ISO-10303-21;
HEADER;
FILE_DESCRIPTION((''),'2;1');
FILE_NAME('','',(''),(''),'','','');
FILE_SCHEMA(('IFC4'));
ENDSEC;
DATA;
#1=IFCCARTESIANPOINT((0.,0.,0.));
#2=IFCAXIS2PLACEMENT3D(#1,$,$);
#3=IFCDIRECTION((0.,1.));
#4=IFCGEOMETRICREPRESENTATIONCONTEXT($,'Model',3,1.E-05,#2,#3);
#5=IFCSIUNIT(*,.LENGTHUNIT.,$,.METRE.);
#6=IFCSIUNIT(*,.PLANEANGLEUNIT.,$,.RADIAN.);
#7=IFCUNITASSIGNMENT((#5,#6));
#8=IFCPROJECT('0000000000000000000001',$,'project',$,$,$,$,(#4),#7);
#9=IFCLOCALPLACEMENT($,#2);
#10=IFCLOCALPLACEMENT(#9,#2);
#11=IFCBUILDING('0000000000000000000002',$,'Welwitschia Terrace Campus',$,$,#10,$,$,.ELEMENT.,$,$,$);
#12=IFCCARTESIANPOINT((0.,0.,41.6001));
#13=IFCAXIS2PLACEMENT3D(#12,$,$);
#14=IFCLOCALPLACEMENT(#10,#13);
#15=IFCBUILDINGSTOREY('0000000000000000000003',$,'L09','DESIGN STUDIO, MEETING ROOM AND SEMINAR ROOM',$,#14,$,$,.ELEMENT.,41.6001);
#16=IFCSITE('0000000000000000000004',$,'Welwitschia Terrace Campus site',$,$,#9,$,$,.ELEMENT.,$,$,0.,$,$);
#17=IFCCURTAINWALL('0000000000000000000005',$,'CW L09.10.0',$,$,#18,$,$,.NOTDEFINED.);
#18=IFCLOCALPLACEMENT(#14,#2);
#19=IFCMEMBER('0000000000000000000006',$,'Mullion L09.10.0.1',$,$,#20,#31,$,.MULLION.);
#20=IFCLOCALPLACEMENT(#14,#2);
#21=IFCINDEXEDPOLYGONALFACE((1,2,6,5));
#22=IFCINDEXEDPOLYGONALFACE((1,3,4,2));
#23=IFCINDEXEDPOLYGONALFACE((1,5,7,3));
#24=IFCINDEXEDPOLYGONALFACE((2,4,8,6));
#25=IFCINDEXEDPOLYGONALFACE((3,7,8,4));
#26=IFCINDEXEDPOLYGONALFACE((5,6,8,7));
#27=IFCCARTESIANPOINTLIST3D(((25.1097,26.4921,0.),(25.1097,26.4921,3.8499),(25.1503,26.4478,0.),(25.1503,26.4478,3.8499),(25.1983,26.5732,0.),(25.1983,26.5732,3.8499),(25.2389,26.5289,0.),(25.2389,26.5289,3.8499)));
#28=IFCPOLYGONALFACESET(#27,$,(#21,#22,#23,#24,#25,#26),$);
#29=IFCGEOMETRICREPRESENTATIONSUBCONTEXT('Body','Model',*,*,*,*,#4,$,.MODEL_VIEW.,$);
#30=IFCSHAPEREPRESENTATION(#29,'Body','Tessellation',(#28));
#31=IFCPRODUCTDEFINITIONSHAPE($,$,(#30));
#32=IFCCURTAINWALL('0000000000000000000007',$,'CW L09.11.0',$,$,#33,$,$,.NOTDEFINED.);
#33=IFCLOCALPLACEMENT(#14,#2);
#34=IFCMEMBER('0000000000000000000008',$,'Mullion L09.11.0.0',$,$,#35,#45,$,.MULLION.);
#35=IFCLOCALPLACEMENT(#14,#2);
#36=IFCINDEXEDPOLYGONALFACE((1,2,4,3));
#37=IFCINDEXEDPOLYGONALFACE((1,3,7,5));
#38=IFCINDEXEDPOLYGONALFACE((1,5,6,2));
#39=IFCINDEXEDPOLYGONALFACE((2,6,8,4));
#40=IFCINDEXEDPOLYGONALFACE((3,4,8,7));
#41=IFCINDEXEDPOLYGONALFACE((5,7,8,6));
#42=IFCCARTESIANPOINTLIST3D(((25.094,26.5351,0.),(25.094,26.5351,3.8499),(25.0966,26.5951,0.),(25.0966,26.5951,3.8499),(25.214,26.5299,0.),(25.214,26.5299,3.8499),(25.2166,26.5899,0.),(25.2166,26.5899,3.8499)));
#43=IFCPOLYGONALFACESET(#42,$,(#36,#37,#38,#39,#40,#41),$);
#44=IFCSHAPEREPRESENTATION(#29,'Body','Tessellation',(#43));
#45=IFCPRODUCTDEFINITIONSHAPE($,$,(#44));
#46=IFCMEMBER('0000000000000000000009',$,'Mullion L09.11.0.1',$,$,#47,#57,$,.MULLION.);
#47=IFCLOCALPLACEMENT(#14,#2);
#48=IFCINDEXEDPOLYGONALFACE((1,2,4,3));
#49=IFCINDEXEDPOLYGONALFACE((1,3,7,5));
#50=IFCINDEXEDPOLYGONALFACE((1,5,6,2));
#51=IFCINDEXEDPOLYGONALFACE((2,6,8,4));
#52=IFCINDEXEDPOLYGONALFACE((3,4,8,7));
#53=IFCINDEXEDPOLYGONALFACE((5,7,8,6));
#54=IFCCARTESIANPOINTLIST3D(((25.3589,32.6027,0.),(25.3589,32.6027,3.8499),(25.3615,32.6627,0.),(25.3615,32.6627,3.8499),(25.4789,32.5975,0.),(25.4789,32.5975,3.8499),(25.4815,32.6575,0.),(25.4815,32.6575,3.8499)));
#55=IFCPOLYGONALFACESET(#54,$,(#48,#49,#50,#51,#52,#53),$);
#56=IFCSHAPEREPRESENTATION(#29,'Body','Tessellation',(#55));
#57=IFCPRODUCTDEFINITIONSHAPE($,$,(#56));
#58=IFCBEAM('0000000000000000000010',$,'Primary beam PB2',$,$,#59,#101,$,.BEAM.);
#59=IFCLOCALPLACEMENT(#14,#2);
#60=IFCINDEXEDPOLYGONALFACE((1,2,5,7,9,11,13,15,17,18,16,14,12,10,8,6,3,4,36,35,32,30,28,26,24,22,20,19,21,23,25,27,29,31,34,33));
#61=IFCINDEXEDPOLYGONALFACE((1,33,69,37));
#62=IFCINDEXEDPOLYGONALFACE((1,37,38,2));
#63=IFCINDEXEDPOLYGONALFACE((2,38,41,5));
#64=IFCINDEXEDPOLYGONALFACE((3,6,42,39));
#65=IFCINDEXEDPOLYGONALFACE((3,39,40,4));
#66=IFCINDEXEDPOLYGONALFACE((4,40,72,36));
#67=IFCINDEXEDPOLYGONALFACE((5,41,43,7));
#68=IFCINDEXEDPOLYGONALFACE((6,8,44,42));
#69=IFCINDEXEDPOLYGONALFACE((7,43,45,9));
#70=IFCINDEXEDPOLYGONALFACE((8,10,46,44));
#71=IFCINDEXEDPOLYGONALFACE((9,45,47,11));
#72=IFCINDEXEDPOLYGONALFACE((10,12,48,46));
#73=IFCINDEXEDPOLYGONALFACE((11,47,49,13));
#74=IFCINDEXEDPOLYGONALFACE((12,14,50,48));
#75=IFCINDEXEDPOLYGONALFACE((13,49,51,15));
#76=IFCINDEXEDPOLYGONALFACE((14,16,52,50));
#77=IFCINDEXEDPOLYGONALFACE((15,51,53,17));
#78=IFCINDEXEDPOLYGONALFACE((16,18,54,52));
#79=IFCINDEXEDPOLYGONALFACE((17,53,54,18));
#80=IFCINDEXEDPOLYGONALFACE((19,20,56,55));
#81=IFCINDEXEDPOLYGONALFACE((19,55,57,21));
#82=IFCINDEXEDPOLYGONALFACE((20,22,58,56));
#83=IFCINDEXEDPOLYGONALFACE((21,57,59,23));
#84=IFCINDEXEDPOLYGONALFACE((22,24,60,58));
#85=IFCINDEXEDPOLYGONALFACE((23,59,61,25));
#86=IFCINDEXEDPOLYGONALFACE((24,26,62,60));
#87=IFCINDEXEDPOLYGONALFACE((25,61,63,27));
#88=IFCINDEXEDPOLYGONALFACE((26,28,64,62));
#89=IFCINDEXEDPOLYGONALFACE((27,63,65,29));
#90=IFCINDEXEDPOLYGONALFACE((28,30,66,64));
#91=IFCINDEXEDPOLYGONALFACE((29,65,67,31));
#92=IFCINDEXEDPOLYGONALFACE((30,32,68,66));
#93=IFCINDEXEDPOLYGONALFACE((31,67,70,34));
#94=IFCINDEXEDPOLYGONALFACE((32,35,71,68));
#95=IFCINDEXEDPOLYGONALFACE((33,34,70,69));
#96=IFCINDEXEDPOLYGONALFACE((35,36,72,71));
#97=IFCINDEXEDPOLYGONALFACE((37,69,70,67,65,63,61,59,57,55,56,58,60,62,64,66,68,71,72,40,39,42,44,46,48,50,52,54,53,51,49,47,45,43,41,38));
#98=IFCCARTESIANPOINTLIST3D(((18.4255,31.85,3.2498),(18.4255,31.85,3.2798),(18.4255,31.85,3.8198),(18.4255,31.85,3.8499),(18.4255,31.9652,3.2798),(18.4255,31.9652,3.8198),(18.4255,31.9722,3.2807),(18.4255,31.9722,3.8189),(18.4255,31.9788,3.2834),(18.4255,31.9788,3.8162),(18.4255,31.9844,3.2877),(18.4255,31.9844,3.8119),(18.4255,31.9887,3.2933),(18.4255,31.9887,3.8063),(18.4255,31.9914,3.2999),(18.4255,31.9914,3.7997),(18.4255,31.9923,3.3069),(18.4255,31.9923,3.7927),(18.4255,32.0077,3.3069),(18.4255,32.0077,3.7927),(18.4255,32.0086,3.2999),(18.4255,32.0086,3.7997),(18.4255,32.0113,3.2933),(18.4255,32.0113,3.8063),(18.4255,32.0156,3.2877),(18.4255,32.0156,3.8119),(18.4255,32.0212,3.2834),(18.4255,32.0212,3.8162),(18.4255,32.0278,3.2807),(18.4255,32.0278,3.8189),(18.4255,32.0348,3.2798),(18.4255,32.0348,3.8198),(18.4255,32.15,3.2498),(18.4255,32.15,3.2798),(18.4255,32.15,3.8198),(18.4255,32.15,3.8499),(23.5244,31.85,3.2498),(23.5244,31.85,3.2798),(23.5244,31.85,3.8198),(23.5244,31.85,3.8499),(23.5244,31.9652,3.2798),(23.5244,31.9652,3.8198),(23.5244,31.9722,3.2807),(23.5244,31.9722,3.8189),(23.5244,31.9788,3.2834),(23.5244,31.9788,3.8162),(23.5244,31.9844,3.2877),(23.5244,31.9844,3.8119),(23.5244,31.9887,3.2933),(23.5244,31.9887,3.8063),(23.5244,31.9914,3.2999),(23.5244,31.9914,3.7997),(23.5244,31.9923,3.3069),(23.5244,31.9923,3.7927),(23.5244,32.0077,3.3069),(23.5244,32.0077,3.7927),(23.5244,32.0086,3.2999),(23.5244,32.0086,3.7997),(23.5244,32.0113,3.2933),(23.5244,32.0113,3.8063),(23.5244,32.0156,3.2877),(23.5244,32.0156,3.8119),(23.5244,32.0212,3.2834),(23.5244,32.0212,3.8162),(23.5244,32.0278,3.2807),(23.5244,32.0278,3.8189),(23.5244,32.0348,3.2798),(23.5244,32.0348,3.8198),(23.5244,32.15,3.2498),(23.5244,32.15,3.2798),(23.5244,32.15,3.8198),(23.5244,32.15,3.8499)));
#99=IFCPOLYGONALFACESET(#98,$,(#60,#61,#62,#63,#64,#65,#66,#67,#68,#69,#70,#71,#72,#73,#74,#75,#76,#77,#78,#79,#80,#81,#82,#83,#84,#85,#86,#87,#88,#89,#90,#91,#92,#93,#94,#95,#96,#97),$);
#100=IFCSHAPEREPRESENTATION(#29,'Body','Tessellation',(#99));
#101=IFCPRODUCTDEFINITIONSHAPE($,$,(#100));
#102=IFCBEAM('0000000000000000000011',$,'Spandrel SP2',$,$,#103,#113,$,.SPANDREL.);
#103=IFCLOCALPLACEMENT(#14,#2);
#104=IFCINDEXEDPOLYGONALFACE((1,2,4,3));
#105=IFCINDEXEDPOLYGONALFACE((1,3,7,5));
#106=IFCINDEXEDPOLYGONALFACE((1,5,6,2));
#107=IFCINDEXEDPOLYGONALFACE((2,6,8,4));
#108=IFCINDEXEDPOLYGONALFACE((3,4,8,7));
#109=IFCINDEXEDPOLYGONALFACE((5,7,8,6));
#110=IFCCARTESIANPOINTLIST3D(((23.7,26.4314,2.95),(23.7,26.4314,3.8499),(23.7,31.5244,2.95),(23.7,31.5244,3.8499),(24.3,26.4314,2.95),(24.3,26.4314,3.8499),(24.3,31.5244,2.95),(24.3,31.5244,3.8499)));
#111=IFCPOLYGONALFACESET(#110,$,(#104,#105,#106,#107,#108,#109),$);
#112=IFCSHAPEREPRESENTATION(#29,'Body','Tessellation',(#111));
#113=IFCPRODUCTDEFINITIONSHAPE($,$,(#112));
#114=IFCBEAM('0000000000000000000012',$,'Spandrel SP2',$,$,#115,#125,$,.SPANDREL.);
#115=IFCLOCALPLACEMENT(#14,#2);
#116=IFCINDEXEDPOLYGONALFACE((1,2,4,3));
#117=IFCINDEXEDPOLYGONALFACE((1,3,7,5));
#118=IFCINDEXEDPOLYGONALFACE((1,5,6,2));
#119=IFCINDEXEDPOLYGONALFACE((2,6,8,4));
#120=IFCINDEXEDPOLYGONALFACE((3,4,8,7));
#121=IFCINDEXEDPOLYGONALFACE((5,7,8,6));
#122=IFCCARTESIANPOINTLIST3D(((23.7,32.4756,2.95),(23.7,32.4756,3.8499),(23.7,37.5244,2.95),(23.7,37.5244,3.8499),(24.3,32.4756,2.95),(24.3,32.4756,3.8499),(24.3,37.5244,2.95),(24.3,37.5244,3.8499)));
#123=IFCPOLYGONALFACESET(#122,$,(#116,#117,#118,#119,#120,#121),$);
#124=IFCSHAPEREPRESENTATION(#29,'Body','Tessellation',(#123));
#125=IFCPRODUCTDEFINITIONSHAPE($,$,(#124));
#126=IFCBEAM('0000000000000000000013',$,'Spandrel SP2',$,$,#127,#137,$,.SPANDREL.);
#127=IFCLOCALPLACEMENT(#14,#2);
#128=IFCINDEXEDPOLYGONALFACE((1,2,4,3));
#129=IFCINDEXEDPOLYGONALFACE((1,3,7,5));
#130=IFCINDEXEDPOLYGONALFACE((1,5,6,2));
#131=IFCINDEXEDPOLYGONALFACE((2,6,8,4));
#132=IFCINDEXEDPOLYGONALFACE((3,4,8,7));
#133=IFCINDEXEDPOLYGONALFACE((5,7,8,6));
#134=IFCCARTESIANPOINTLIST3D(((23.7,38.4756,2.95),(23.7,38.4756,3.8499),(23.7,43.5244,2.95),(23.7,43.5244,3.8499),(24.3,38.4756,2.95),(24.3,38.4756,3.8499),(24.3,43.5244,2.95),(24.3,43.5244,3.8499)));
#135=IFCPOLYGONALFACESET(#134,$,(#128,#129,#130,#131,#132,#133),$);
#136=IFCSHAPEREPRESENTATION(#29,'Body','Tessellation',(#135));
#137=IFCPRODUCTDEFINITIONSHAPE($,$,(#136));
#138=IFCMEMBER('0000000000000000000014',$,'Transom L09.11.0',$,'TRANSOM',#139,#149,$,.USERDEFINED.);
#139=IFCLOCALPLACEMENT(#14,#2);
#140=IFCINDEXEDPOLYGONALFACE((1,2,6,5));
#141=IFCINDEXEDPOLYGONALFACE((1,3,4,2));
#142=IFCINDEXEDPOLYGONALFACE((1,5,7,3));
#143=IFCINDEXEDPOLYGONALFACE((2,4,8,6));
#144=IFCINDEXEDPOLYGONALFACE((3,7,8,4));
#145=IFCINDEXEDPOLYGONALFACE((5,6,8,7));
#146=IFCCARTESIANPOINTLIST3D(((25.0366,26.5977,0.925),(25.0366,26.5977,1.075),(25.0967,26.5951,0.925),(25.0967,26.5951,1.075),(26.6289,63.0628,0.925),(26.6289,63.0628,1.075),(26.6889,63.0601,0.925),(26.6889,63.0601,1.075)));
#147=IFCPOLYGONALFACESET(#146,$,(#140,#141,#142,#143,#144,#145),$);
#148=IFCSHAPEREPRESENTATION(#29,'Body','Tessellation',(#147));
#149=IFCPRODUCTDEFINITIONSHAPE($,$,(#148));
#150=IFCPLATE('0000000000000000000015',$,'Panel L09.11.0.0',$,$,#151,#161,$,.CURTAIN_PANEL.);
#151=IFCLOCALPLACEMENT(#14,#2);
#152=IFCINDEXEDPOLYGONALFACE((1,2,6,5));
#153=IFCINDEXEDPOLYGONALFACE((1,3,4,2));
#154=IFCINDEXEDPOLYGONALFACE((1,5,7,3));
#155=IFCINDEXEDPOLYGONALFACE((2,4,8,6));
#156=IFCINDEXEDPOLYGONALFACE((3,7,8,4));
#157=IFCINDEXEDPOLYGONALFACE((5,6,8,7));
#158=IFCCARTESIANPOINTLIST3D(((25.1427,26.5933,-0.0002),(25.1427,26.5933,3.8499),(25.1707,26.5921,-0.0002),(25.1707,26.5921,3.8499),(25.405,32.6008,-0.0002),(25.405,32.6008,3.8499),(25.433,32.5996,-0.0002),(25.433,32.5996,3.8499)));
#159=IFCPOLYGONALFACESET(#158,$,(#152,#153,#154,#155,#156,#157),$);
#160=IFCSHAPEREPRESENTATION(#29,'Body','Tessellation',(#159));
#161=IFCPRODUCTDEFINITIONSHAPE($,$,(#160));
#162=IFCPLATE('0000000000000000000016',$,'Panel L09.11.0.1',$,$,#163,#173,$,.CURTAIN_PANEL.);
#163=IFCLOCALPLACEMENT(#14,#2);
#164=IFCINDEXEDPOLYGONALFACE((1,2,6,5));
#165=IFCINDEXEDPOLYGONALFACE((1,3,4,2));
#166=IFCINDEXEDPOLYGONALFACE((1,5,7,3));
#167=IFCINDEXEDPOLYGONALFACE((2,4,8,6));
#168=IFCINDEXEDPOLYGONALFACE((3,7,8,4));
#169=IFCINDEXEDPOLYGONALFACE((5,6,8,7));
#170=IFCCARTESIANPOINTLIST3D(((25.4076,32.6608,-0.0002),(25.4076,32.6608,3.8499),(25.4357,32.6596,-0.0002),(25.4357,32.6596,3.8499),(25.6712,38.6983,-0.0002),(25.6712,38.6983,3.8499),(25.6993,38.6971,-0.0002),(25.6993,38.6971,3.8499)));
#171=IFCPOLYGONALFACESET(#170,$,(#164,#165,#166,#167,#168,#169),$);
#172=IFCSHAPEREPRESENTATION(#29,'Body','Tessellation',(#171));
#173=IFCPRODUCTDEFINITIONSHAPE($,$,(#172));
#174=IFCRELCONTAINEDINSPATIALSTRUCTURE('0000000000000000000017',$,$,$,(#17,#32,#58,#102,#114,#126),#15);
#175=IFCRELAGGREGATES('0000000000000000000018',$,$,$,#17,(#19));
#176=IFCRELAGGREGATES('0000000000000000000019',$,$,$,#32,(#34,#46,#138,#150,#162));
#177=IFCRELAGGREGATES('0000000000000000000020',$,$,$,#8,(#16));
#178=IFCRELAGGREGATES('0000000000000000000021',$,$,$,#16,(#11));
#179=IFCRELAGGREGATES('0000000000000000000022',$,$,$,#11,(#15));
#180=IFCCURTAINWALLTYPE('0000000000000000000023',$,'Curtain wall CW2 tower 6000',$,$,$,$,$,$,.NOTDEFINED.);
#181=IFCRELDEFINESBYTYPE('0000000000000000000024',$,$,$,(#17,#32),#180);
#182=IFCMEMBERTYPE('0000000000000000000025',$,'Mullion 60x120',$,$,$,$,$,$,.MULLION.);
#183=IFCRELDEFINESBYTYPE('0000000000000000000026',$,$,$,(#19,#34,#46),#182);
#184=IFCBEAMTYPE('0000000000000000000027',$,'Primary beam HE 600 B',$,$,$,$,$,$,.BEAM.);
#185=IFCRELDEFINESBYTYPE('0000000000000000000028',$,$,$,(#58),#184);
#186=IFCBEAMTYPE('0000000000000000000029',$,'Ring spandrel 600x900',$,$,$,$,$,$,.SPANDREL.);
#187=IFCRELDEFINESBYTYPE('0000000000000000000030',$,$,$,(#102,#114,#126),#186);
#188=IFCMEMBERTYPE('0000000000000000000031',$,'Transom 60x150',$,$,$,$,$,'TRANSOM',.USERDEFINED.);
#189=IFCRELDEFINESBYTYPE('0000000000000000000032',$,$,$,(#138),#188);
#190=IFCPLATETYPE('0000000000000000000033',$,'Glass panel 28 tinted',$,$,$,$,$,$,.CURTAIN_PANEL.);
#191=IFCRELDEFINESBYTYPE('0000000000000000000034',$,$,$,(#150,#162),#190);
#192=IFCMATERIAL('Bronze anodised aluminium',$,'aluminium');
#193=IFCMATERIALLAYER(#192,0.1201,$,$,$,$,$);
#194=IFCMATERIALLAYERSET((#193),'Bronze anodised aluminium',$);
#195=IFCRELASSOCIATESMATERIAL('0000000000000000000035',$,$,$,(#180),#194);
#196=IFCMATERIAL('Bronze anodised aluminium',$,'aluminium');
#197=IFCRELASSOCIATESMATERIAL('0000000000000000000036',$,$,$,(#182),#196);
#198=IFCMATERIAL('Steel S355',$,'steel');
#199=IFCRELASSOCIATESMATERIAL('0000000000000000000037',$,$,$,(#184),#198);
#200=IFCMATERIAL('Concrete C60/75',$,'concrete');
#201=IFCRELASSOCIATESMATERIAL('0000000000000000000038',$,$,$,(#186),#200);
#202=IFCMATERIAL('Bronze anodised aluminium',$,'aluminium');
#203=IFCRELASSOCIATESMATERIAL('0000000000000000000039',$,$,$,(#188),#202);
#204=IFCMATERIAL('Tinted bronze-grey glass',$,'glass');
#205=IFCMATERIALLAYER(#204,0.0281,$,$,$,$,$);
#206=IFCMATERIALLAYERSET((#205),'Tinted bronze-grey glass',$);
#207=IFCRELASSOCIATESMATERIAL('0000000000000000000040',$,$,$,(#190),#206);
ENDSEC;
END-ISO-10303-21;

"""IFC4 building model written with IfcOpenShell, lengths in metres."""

from ifc_helpers import new_model, si_unit, direction, frame, origin, origin_2d, place, context, subcontext, project, spatial, rectangle, i_section, extrude, material, layer, layer_set, material_profile, profile_set, type_object, element, aggregate, save


model = new_model("IFC4")

# Units and contexts
model_context = context("Model", 3, precision=1e-05, world=origin(), true_north=direction((0.0, 1.0)))
body_context = subcontext(model_context, "Body", "Model", "MODEL_VIEW")
ifc_project = project(units=[si_unit("LENGTHUNIT", "METRE"), si_unit("PLANEANGLEUNIT", "RADIAN")], contexts=[model_context])

# Site, building, storey
site_placement = place(None, origin())
site = spatial("IfcSite", under=ifc_project, at=site_placement, Name="Welwitschia Terrace Campus site", CompositionType="ELEMENT", RefElevation=0.0)
building_placement = place(site_placement, origin())
building = spatial("IfcBuilding", under=site, at=building_placement, Name="Welwitschia Terrace Campus", CompositionType="ELEMENT")
storey_placement = place(building_placement, frame((0.0, 0.0, 41.6001)))
storey = spatial("IfcBuildingStorey", under=building, at=storey_placement, Name="L09", Description="DESIGN STUDIO, MEETING ROOM AND SEMINAR ROOM", CompositionType="ELEMENT", Elevation=41.6001)

# Curtain wall, member
ifc_material_1 = material(Name="Bronze anodised aluminium", Category="aluminium")
ifc_layer_1 = layer(ifc_material_1, 0.1201)
ifc_layer_set_1 = layer_set([ifc_layer_1], Name="Bronze anodised aluminium")
curtain_wall_type = type_object("IfcCurtainWallType", Name="Curtain wall CW2 tower 6000", PredefinedType="NOTDEFINED", material=ifc_layer_set_1)
curtain_wall_1_placement = place(storey_placement, origin())
curtain_wall_1 = element("IfcCurtainWall", 1, at=curtain_wall_1_placement, inside=storey, type_object=curtain_wall_type, Name="CW L09.10.0", PredefinedType="NOTDEFINED")
ifc_material_2 = material(Name="Bronze anodised aluminium", Category="aluminium")
ifc_material_profile_1 = material_profile(ifc_material_2, rectangle(XDim=0.1201, YDim=0.0601, at=origin_2d()))
ifc_profile_set_1 = profile_set([ifc_material_profile_1], Name="Bronze anodised aluminium")
member_type_1 = type_object("IfcMemberType", Name="Mullion 60x120", PredefinedType="MULLION", material=ifc_profile_set_1)
member_1_placement = place(storey_placement, frame((25.1743, 26.5105, 0.0), z_axis=(0.0, 0.0, 1.0), x_axis=(-0.737277, -0.67559, 0.0)))
member_1 = element("IfcMember", 2, at=member_1_placement, type_object=member_type_1, Name="Mullion L09.10.0.1", PredefinedType="MULLION", context=body_context, shape_type="SweptSolid", body=[
    extrude(rectangle(XDim=0.1201, YDim=0.0601, at=origin_2d()), origin(), (0.0, 0.0, 1.0), 3.8499),
])
aggregate(curtain_wall_1, [member_1])

# Curtain wall, members
curtain_wall_2_placement = place(storey_placement, origin())
curtain_wall_2 = element("IfcCurtainWall", 3, at=curtain_wall_2_placement, inside=storey, type_object=curtain_wall_type, Name="CW L09.11.0", PredefinedType="NOTDEFINED")
member_2_placement = place(storey_placement, frame((25.1553, 26.5625, 0.0), z_axis=(0.0, 0.0, 1.0), x_axis=(-0.999048, 0.043619, 0.0)))
member_2 = element("IfcMember", 4, at=member_2_placement, type_object=member_type_1, Name="Mullion L09.11.0.0", PredefinedType="MULLION", context=body_context, shape_type="SweptSolid", body=[
    extrude(rectangle(XDim=0.1201, YDim=0.0601, at=origin_2d()), origin(), (0.0, 0.0, 1.0), 3.8499),
])
member_3_placement = place(storey_placement, frame((25.4202, 32.6301, 0.0), z_axis=(0.0, 0.0, 1.0), x_axis=(-0.999048, 0.043619, 0.0)))
member_3 = element("IfcMember", 5, at=member_3_placement, type_object=member_type_1, Name="Mullion L09.11.0.1", PredefinedType="MULLION", context=body_context, shape_type="SweptSolid", body=[
    extrude(rectangle(XDim=0.1201, YDim=0.0601, at=origin_2d()), origin(), (0.0, 0.0, 1.0), 3.8499),
])

# Beams
ifc_material_3 = material(Name="Steel S355", Category="steel")
ifc_material_profile_2 = material_profile(ifc_material_3, i_section(OverallWidth=0.3, OverallDepth=0.6001, WebThickness=0.0154, FlangeThickness=0.03, FilletRadius=0.0271, at=origin_2d()))
ifc_profile_set_2 = profile_set([ifc_material_profile_2], Name="Steel S355")
beam_type_1 = type_object("IfcBeamType", Name="Primary beam HE 600 B", PredefinedType="BEAM", material=ifc_profile_set_2)
beam_1_placement = place(storey_placement, frame((23.5244, 32.0, 3.5498), z_axis=(-1.0, 0.0, 0.0), x_axis=(0.0, -1.0, 0.0)))
element("IfcBeam", 6, at=beam_1_placement, inside=storey, type_object=beam_type_1, Name="Primary beam PB2", PredefinedType="BEAM", context=body_context, shape_type="SweptSolid", body=[
    extrude(i_section(OverallWidth=0.3, OverallDepth=0.6001, WebThickness=0.0154, FlangeThickness=0.03, FilletRadius=0.0271, at=origin_2d()), origin(), (0.0, 0.0, 1.0), 5.0989),
])
ifc_material_4 = material(Name="Concrete C60/75", Category="concrete")
ifc_material_profile_3 = material_profile(ifc_material_4, rectangle(XDim=0.6001, YDim=0.8999, at=origin_2d()))
ifc_profile_set_3 = profile_set([ifc_material_profile_3], Name="Concrete C60/75")
beam_type_2 = type_object("IfcBeamType", Name="Ring spandrel 600x900", PredefinedType="SPANDREL", material=ifc_profile_set_3)
beam_2_placement = place(storey_placement, frame((24.0, 26.4314, 3.3999), z_axis=(0.0, 1.0, 0.0), x_axis=(-1.0, 0.0, 0.0)))
element("IfcBeam", 7, at=beam_2_placement, inside=storey, type_object=beam_type_2, Name="Spandrel SP2", PredefinedType="SPANDREL", context=body_context, shape_type="SweptSolid", body=[
    extrude(rectangle(XDim=0.6001, YDim=0.8999, at=origin_2d()), origin(), (0.0, 0.0, 1.0), 5.093),
])
for number, where, z_axis, x_axis, name in (
    (8, (24.0, 32.4756, 3.3999), (0.0, 1.0, 0.0), (-1.0, 0.0, 0.0), "Spandrel SP2"),
    (9, (24.0, 38.4756, 3.3999), (0.0, 1.0, 0.0), (-1.0, 0.0, 0.0), "Spandrel SP2"),
):
    element("IfcBeam", number, at=place(storey_placement, frame(where, z_axis=z_axis, x_axis=x_axis)), inside=storey, type_object=beam_type_2, Name=name, PredefinedType="SPANDREL", context=body_context, shape_type="SweptSolid", body=[
        extrude(rectangle(XDim=0.6001, YDim=0.8999, at=origin_2d()), origin(), (0.0, 0.0, 1.0), 5.0488),
    ])

# Member
ifc_material_5 = material(Name="Bronze anodised aluminium", Category="aluminium")
ifc_material_profile_4 = material_profile(ifc_material_5, rectangle(XDim=0.0601, YDim=0.1499, at=origin_2d()))
ifc_profile_set_4 = profile_set([ifc_material_profile_4], Name="Bronze anodised aluminium")
member_type_2 = type_object("IfcMemberType", Name="Transom 60x150", ElementType="TRANSOM", PredefinedType="USERDEFINED", material=ifc_profile_set_4)
member_4_placement = place(storey_placement, frame((25.0667, 26.5964, 1.0), z_axis=(0.043624, 0.999048, 0.0), x_axis=(-0.999048, 0.043624, 0.0)))
member_4 = element("IfcMember", 10, at=member_4_placement, type_object=member_type_2, Name="Transom L09.11.0", ObjectType="TRANSOM", PredefinedType="USERDEFINED", context=body_context, shape_type="SweptSolid", body=[
    extrude(rectangle(XDim=0.0601, YDim=0.1499, at=origin_2d()), origin(), (0.0, 0.0, 1.0), 36.4998),
])

# Plates
ifc_material_6 = material(Name="Tinted bronze-grey glass", Category="glass")
ifc_layer_2 = layer(ifc_material_6, 0.0281)
ifc_layer_set_2 = layer_set([ifc_layer_2], Name="Tinted bronze-grey glass")
plate_type = type_object("IfcPlateType", Name="Glass panel 28 tinted", PredefinedType="CURTAIN_PANEL", material=ifc_layer_set_2)
plate_1_placement = place(storey_placement, frame((25.2878, 29.5964, -0.0002), z_axis=(0.0, 0.0, 1.0), x_axis=(0.043619, 0.999048, 0.0)))
plate_1 = element("IfcPlate", 11, at=plate_1_placement, type_object=plate_type, Name="Panel L09.11.0.0", PredefinedType="CURTAIN_PANEL", context=body_context, shape_type="SweptSolid", body=[
    extrude(rectangle(XDim=6.0132, YDim=0.0281, at=origin_2d()), origin(), (0.0, 0.0, 1.0), 3.8501),
])
plate_2_placement = place(storey_placement, frame((25.5535, 35.679, -0.0002), z_axis=(0.0, 0.0, 1.0), x_axis=(0.043619, 0.999048, 0.0)))
plate_2 = element("IfcPlate", 12, at=plate_2_placement, type_object=plate_type, Name="Panel L09.11.0.1", PredefinedType="CURTAIN_PANEL", context=body_context, shape_type="SweptSolid", body=[
    extrude(rectangle(XDim=6.0432, YDim=0.0281, at=origin_2d()), origin(), (0.0, 0.0, 1.0), 3.8501),
])
aggregate(curtain_wall_2, [member_2, member_3, member_4, plate_1, plate_2])

save(model, "model.ifc")
